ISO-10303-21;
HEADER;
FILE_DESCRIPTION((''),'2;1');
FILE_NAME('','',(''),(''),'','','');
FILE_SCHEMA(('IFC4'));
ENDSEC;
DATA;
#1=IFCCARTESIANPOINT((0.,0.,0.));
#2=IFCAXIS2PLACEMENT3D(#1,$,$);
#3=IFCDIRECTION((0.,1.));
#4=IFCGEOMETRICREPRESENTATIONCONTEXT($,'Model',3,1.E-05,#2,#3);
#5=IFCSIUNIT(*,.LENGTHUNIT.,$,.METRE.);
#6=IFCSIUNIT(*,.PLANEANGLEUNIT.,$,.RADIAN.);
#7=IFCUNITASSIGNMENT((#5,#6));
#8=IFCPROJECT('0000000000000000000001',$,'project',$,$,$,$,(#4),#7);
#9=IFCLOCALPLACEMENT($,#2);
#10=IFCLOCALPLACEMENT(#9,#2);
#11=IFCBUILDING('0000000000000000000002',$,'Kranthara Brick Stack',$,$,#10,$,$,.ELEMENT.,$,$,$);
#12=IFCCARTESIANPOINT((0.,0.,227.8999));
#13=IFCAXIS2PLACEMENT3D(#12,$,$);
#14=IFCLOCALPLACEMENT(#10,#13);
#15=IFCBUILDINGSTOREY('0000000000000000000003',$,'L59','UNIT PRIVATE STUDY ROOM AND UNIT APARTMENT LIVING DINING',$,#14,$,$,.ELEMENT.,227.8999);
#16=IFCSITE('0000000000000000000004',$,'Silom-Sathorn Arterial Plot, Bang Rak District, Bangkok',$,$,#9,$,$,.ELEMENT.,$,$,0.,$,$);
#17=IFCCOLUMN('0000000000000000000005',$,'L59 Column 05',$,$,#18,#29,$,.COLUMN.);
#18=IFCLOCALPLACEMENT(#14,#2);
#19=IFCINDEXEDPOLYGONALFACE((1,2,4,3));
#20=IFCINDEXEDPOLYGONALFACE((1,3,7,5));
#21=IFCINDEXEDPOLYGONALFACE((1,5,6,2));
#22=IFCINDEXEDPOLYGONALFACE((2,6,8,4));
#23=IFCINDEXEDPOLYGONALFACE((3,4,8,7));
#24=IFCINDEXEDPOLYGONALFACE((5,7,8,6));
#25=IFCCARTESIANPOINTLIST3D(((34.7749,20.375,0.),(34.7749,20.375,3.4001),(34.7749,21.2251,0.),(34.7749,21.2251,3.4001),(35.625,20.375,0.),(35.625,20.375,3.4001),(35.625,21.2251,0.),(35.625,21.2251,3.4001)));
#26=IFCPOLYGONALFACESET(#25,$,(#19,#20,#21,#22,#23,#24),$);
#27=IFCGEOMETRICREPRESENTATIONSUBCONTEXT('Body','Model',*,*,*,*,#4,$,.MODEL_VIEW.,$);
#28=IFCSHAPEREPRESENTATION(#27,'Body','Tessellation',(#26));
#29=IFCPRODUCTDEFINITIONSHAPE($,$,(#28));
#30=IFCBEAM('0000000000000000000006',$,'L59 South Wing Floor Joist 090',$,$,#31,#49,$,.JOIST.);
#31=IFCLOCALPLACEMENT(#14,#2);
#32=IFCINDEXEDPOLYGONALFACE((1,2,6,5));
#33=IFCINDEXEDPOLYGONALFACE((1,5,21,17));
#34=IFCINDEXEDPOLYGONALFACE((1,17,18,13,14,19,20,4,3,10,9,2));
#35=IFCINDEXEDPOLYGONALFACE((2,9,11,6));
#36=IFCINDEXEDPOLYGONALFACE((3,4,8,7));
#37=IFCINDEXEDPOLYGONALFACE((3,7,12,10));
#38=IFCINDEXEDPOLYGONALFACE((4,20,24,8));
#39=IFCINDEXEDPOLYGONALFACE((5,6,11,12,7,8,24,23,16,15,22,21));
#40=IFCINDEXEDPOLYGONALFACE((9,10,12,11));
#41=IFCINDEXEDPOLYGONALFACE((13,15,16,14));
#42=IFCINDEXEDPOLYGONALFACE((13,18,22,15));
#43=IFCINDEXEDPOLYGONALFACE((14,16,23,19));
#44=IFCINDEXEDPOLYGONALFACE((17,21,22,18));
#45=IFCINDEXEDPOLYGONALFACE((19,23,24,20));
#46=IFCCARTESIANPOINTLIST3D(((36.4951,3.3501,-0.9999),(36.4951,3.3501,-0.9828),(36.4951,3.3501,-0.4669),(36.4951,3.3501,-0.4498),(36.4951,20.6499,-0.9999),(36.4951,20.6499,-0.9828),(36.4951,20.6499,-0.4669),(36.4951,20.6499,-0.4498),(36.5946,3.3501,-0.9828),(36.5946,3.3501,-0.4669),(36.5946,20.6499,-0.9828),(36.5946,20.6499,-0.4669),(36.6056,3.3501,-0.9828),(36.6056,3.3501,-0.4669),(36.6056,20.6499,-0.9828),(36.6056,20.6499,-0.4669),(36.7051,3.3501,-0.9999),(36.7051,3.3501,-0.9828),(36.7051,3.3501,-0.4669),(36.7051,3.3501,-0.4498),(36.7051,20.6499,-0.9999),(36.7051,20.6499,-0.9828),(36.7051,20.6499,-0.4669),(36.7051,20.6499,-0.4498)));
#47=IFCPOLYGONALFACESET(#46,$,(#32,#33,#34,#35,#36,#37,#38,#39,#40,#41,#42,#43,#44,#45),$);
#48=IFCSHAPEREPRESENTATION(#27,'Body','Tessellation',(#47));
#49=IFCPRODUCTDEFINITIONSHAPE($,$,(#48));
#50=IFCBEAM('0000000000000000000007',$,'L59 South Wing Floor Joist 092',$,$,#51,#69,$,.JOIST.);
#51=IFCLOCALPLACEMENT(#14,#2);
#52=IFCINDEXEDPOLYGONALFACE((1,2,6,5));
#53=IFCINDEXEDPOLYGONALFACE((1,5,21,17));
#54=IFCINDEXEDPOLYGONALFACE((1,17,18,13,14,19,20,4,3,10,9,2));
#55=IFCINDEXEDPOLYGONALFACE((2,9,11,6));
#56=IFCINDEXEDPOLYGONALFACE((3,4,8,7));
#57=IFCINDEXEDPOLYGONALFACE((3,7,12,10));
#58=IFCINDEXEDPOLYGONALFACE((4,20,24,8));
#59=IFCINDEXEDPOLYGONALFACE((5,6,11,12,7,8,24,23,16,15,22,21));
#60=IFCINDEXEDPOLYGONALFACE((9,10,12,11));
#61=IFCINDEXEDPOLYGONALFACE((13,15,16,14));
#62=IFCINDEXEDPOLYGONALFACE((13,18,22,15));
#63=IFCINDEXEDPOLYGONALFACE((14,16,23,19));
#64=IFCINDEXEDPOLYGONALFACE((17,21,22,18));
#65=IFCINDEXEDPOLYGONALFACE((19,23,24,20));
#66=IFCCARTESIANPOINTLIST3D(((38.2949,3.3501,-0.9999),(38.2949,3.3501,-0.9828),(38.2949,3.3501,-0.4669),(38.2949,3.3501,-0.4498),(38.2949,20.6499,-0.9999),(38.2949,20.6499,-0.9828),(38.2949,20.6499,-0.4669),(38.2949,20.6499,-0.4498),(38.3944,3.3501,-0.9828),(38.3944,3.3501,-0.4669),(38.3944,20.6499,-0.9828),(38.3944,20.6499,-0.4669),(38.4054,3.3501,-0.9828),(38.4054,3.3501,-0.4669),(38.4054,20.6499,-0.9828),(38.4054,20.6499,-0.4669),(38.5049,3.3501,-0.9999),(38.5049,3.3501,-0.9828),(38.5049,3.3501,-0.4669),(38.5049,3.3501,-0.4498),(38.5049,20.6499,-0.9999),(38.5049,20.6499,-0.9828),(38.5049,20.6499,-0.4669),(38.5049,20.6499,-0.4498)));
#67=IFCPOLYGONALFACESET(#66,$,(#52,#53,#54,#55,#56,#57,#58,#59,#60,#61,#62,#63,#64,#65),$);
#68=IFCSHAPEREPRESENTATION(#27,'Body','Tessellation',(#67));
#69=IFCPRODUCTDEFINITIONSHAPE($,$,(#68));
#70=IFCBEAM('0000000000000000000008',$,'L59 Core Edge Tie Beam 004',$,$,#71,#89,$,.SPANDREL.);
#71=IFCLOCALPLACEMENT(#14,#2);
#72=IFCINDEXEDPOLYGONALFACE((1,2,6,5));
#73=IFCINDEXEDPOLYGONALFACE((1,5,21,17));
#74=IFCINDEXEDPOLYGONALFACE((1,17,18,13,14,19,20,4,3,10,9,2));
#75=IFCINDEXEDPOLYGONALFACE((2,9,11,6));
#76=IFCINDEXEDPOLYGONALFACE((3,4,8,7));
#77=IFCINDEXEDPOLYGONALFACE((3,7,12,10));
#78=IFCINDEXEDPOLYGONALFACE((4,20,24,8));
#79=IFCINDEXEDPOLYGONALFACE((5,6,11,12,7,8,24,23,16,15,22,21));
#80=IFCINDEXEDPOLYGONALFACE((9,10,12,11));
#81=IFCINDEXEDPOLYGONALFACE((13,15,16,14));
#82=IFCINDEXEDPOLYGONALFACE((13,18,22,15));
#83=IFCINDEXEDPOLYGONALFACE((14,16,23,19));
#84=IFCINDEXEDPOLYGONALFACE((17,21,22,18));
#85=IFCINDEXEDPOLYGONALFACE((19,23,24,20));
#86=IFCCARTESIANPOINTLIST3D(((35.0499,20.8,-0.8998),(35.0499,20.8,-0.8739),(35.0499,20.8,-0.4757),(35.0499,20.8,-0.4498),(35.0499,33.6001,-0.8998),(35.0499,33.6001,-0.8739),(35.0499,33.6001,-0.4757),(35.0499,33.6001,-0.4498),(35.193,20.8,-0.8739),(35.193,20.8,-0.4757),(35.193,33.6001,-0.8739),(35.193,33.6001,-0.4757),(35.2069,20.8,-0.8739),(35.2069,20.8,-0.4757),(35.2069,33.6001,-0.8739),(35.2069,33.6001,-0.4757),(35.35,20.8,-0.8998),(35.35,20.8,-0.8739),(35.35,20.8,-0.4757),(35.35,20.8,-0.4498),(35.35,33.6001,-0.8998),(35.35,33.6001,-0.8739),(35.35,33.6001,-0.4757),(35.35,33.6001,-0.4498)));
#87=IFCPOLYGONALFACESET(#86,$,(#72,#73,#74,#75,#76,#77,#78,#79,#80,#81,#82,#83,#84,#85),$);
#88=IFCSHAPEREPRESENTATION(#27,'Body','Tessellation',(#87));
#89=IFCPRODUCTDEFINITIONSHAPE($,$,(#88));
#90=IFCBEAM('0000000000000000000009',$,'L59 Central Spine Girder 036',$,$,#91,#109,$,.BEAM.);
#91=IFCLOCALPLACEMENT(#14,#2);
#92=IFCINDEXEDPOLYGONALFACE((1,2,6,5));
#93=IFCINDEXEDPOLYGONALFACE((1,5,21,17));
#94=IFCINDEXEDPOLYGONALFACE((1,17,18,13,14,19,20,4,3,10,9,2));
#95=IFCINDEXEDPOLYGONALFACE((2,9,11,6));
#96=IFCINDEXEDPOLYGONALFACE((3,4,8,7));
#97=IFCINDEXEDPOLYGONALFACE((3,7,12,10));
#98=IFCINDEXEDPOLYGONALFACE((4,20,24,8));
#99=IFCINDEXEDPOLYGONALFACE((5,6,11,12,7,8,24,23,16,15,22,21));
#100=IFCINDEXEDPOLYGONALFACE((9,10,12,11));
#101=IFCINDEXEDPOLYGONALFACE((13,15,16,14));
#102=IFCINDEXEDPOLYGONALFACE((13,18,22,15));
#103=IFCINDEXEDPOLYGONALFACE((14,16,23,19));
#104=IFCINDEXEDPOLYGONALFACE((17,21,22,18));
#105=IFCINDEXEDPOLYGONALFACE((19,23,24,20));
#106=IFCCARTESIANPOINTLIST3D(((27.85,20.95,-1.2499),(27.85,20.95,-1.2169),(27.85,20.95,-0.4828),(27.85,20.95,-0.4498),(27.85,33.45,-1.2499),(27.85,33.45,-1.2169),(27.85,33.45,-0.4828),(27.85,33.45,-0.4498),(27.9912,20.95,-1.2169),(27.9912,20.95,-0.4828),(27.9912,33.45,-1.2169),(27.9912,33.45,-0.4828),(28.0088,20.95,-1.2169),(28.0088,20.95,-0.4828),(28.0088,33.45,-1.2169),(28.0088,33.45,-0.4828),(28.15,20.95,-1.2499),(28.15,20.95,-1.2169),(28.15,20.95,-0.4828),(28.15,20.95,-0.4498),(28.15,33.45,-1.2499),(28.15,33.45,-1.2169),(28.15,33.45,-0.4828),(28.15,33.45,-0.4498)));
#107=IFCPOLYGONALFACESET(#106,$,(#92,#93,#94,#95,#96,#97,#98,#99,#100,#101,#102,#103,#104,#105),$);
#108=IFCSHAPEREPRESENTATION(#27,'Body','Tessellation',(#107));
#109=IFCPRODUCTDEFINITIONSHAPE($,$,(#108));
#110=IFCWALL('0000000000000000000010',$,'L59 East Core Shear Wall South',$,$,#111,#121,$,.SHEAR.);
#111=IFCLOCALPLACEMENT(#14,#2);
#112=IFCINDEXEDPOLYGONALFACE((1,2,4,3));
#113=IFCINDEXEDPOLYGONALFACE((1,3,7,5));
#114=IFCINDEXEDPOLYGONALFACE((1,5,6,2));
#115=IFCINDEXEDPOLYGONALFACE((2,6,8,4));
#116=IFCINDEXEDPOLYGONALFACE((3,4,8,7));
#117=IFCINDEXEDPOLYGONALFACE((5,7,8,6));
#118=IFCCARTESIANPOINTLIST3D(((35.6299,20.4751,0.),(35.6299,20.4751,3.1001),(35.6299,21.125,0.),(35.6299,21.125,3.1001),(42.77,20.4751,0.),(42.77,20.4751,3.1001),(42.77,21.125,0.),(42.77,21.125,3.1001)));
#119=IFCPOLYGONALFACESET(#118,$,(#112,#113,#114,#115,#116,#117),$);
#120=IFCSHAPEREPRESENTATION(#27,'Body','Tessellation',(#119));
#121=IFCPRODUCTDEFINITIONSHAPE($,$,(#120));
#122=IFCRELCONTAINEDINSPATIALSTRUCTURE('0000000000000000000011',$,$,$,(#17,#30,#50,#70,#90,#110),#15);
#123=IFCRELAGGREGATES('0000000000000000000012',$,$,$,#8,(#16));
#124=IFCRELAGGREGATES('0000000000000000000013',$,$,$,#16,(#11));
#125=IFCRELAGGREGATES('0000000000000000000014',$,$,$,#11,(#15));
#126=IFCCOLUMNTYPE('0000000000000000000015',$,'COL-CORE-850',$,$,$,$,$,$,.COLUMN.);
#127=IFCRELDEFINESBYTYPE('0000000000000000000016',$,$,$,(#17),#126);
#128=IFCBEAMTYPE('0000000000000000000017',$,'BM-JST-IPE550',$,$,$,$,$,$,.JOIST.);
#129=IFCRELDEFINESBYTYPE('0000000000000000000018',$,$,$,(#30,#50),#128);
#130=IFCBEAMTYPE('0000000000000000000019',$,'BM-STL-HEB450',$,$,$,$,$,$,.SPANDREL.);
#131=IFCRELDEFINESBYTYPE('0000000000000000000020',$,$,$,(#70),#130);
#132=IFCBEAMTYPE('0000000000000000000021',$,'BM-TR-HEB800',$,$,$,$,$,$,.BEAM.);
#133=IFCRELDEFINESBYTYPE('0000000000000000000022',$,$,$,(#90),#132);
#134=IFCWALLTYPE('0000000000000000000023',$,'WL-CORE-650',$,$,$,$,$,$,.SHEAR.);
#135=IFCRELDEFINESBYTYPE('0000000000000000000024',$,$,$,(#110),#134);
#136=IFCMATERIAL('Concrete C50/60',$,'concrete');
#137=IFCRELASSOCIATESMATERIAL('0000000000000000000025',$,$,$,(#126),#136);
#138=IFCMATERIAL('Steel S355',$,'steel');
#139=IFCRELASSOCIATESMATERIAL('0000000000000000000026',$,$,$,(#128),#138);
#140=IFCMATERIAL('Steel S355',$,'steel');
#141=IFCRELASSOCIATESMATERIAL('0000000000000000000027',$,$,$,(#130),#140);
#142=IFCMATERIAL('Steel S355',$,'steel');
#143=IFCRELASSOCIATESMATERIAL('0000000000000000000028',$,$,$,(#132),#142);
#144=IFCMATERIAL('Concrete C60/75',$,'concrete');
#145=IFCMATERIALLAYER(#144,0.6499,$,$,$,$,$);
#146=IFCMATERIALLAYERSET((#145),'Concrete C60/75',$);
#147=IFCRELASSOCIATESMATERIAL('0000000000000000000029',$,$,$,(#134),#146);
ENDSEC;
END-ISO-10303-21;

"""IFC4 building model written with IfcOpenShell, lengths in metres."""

from ifc_helpers import new_model, si_unit, direction, frame, frame_2d, origin, origin_2d, place, context, subcontext, project, spatial, rectangle, i_section, extrude, material, layer, layer_set, material_profile, profile_set, type_object, element, save


model = new_model("IFC4")

# Units and contexts
model_context = context("Model", 3, precision=1e-05, world=origin(), true_north=direction((0.0, 1.0)))
body_context = subcontext(model_context, "Body", "Model", "MODEL_VIEW")
ifc_project = project(units=[si_unit("LENGTHUNIT", "METRE"), si_unit("PLANEANGLEUNIT", "RADIAN")], contexts=[model_context])

# Site, building, storey
site_placement = place(None, origin())
site = spatial("IfcSite", under=ifc_project, at=site_placement, Name="Silom-Sathorn Arterial Plot, Bang Rak District, Bangkok", CompositionType="ELEMENT", RefElevation=0.0)
building_placement = place(site_placement, origin())
building = spatial("IfcBuilding", under=site, at=building_placement, Name="Kranthara Brick Stack", CompositionType="ELEMENT")
storey_placement = place(building_placement, frame((0.0, 0.0, 227.8999)))
storey = spatial("IfcBuildingStorey", under=building, at=storey_placement, Name="L59", Description="UNIT PRIVATE STUDY ROOM AND UNIT APARTMENT LIVING DINING", CompositionType="ELEMENT", Elevation=227.8999)

# Column
ifc_material_1 = material(Name="Concrete C50/60", Category="concrete")
ifc_material_profile_1 = material_profile(ifc_material_1, rectangle(XDim=0.8501, YDim=0.8501, at=origin_2d()), Name="RC 850x850")
ifc_profile_set_1 = profile_set([ifc_material_profile_1], Name="Concrete C50/60")
column_type = type_object("IfcColumnType", Name="COL-CORE-850", PredefinedType="COLUMN", material=ifc_profile_set_1)
column_placement = place(storey_placement, frame((35.2, 20.8, 0.0), z_axis=(0.0, 0.0, 1.0), x_axis=(1.0, 0.0, 0.0)))
element("IfcColumn", 1, at=column_placement, inside=storey, type_object=column_type, Name="L59 Column 05", PredefinedType="COLUMN", context=body_context, shape_type="SweptSolid", body=[
    extrude(rectangle(XDim=0.8501, YDim=0.8501, at=origin_2d()), origin(), (0.0, 0.0, 1.0), 3.4001),
])

# Beams
ifc_material_2 = material(Name="Steel S355", Category="steel")
ifc_material_profile_2 = material_profile(ifc_material_2, i_section(OverallWidth=0.21, OverallDepth=0.55, WebThickness=0.011, FlangeThickness=0.0171, at=origin_2d()), Name="IPE 550")
ifc_profile_set_2 = profile_set([ifc_material_profile_2], Name="Steel S355")
beam_type_1 = type_object("IfcBeamType", Name="BM-JST-IPE550", PredefinedType="JOIST", material=ifc_profile_set_2)
for number, where, z_axis, x_axis, name in (
    (2, (36.6001, 3.3501, -0.7249), (0.0, 1.0, 0.0), (-1.0, 0.0, 0.0), "L59 South Wing Floor Joist 090"),
    (3, (38.3999, 3.3501, -0.7249), (0.0, 1.0, 0.0), (-1.0, 0.0, 0.0), "L59 South Wing Floor Joist 092"),
):
    element("IfcBeam", number, at=place(storey_placement, frame(where, z_axis=z_axis, x_axis=x_axis)), inside=storey, type_object=beam_type_1, Name=name, PredefinedType="JOIST", context=body_context, shape_type="SweptSolid", body=[
        extrude(i_section(OverallWidth=0.21, OverallDepth=0.55, WebThickness=0.011, FlangeThickness=0.0171, at=origin_2d()), origin(), (0.0, 0.0, 1.0), 17.2998),
    ])
ifc_material_3 = material(Name="Steel S355", Category="steel")
ifc_material_profile_3 = material_profile(ifc_material_3, i_section(OverallWidth=0.3, OverallDepth=0.45, WebThickness=0.0139, FlangeThickness=0.0259, at=origin_2d()), Name="HEB 450")
ifc_profile_set_3 = profile_set([ifc_material_profile_3], Name="Steel S355")
beam_type_2 = type_object("IfcBeamType", Name="BM-STL-HEB450", PredefinedType="SPANDREL", material=ifc_profile_set_3)
beam_1_placement = place(storey_placement, frame((35.2, 20.8, -0.6748), z_axis=(0.0, 1.0, 0.0), x_axis=(-1.0, 0.0, 0.0)))
element("IfcBeam", 4, at=beam_1_placement, inside=storey, type_object=beam_type_2, Name="L59 Core Edge Tie Beam 004", PredefinedType="SPANDREL", context=body_context, shape_type="SweptSolid", body=[
    extrude(i_section(OverallWidth=0.3, OverallDepth=0.45, WebThickness=0.0139, FlangeThickness=0.0259, at=origin_2d()), origin(), (0.0, 0.0, 1.0), 12.8),
])
ifc_material_4 = material(Name="Steel S355", Category="steel")
ifc_material_profile_4 = material_profile(ifc_material_4, i_section(OverallWidth=0.3, OverallDepth=0.8, WebThickness=0.0176, FlangeThickness=0.033, at=origin_2d()), Name="HEB 800")
ifc_profile_set_4 = profile_set([ifc_material_profile_4], Name="Steel S355")
beam_type_3 = type_object("IfcBeamType", Name="BM-TR-HEB800", PredefinedType="BEAM", material=ifc_profile_set_4)
beam_2_placement = place(storey_placement, frame((28.0, 20.95, -0.8499), z_axis=(0.0, 1.0, 0.0), x_axis=(-1.0, 0.0, 0.0)))
element("IfcBeam", 5, at=beam_2_placement, inside=storey, type_object=beam_type_3, Name="L59 Central Spine Girder 036", PredefinedType="BEAM", context=body_context, shape_type="SweptSolid", body=[
    extrude(i_section(OverallWidth=0.3, OverallDepth=0.8, WebThickness=0.0176, FlangeThickness=0.033, at=origin_2d()), origin(), (0.0, 0.0, 1.0), 12.5),
])

# Wall
ifc_material_5 = material(Name="Concrete C60/75", Category="concrete")
ifc_layer_1 = layer(ifc_material_5, 0.6499)
ifc_layer_set_1 = layer_set([ifc_layer_1], Name="Concrete C60/75")
wall_type_1 = type_object("IfcWallType", Name="WL-CORE-650", PredefinedType="SHEAR", material=ifc_layer_set_1)
wall_1_placement = place(storey_placement, frame((35.6299, 20.8, 0.0), z_axis=(0.0, 0.0, 1.0), x_axis=(1.0, 0.0, 0.0)))
element("IfcWall", 6, at=wall_1_placement, inside=storey, type_object=wall_type_1, Name="L59 East Core Shear Wall South", PredefinedType="SHEAR", context=body_context, shape_type="SweptSolid", body=[
    extrude(rectangle(XDim=7.1401, YDim=0.6499, at=frame_2d((3.5701, 0.0))), origin(), (0.0, 0.0, 1.0), 3.1001),
])

save(model, "model.ifc")
